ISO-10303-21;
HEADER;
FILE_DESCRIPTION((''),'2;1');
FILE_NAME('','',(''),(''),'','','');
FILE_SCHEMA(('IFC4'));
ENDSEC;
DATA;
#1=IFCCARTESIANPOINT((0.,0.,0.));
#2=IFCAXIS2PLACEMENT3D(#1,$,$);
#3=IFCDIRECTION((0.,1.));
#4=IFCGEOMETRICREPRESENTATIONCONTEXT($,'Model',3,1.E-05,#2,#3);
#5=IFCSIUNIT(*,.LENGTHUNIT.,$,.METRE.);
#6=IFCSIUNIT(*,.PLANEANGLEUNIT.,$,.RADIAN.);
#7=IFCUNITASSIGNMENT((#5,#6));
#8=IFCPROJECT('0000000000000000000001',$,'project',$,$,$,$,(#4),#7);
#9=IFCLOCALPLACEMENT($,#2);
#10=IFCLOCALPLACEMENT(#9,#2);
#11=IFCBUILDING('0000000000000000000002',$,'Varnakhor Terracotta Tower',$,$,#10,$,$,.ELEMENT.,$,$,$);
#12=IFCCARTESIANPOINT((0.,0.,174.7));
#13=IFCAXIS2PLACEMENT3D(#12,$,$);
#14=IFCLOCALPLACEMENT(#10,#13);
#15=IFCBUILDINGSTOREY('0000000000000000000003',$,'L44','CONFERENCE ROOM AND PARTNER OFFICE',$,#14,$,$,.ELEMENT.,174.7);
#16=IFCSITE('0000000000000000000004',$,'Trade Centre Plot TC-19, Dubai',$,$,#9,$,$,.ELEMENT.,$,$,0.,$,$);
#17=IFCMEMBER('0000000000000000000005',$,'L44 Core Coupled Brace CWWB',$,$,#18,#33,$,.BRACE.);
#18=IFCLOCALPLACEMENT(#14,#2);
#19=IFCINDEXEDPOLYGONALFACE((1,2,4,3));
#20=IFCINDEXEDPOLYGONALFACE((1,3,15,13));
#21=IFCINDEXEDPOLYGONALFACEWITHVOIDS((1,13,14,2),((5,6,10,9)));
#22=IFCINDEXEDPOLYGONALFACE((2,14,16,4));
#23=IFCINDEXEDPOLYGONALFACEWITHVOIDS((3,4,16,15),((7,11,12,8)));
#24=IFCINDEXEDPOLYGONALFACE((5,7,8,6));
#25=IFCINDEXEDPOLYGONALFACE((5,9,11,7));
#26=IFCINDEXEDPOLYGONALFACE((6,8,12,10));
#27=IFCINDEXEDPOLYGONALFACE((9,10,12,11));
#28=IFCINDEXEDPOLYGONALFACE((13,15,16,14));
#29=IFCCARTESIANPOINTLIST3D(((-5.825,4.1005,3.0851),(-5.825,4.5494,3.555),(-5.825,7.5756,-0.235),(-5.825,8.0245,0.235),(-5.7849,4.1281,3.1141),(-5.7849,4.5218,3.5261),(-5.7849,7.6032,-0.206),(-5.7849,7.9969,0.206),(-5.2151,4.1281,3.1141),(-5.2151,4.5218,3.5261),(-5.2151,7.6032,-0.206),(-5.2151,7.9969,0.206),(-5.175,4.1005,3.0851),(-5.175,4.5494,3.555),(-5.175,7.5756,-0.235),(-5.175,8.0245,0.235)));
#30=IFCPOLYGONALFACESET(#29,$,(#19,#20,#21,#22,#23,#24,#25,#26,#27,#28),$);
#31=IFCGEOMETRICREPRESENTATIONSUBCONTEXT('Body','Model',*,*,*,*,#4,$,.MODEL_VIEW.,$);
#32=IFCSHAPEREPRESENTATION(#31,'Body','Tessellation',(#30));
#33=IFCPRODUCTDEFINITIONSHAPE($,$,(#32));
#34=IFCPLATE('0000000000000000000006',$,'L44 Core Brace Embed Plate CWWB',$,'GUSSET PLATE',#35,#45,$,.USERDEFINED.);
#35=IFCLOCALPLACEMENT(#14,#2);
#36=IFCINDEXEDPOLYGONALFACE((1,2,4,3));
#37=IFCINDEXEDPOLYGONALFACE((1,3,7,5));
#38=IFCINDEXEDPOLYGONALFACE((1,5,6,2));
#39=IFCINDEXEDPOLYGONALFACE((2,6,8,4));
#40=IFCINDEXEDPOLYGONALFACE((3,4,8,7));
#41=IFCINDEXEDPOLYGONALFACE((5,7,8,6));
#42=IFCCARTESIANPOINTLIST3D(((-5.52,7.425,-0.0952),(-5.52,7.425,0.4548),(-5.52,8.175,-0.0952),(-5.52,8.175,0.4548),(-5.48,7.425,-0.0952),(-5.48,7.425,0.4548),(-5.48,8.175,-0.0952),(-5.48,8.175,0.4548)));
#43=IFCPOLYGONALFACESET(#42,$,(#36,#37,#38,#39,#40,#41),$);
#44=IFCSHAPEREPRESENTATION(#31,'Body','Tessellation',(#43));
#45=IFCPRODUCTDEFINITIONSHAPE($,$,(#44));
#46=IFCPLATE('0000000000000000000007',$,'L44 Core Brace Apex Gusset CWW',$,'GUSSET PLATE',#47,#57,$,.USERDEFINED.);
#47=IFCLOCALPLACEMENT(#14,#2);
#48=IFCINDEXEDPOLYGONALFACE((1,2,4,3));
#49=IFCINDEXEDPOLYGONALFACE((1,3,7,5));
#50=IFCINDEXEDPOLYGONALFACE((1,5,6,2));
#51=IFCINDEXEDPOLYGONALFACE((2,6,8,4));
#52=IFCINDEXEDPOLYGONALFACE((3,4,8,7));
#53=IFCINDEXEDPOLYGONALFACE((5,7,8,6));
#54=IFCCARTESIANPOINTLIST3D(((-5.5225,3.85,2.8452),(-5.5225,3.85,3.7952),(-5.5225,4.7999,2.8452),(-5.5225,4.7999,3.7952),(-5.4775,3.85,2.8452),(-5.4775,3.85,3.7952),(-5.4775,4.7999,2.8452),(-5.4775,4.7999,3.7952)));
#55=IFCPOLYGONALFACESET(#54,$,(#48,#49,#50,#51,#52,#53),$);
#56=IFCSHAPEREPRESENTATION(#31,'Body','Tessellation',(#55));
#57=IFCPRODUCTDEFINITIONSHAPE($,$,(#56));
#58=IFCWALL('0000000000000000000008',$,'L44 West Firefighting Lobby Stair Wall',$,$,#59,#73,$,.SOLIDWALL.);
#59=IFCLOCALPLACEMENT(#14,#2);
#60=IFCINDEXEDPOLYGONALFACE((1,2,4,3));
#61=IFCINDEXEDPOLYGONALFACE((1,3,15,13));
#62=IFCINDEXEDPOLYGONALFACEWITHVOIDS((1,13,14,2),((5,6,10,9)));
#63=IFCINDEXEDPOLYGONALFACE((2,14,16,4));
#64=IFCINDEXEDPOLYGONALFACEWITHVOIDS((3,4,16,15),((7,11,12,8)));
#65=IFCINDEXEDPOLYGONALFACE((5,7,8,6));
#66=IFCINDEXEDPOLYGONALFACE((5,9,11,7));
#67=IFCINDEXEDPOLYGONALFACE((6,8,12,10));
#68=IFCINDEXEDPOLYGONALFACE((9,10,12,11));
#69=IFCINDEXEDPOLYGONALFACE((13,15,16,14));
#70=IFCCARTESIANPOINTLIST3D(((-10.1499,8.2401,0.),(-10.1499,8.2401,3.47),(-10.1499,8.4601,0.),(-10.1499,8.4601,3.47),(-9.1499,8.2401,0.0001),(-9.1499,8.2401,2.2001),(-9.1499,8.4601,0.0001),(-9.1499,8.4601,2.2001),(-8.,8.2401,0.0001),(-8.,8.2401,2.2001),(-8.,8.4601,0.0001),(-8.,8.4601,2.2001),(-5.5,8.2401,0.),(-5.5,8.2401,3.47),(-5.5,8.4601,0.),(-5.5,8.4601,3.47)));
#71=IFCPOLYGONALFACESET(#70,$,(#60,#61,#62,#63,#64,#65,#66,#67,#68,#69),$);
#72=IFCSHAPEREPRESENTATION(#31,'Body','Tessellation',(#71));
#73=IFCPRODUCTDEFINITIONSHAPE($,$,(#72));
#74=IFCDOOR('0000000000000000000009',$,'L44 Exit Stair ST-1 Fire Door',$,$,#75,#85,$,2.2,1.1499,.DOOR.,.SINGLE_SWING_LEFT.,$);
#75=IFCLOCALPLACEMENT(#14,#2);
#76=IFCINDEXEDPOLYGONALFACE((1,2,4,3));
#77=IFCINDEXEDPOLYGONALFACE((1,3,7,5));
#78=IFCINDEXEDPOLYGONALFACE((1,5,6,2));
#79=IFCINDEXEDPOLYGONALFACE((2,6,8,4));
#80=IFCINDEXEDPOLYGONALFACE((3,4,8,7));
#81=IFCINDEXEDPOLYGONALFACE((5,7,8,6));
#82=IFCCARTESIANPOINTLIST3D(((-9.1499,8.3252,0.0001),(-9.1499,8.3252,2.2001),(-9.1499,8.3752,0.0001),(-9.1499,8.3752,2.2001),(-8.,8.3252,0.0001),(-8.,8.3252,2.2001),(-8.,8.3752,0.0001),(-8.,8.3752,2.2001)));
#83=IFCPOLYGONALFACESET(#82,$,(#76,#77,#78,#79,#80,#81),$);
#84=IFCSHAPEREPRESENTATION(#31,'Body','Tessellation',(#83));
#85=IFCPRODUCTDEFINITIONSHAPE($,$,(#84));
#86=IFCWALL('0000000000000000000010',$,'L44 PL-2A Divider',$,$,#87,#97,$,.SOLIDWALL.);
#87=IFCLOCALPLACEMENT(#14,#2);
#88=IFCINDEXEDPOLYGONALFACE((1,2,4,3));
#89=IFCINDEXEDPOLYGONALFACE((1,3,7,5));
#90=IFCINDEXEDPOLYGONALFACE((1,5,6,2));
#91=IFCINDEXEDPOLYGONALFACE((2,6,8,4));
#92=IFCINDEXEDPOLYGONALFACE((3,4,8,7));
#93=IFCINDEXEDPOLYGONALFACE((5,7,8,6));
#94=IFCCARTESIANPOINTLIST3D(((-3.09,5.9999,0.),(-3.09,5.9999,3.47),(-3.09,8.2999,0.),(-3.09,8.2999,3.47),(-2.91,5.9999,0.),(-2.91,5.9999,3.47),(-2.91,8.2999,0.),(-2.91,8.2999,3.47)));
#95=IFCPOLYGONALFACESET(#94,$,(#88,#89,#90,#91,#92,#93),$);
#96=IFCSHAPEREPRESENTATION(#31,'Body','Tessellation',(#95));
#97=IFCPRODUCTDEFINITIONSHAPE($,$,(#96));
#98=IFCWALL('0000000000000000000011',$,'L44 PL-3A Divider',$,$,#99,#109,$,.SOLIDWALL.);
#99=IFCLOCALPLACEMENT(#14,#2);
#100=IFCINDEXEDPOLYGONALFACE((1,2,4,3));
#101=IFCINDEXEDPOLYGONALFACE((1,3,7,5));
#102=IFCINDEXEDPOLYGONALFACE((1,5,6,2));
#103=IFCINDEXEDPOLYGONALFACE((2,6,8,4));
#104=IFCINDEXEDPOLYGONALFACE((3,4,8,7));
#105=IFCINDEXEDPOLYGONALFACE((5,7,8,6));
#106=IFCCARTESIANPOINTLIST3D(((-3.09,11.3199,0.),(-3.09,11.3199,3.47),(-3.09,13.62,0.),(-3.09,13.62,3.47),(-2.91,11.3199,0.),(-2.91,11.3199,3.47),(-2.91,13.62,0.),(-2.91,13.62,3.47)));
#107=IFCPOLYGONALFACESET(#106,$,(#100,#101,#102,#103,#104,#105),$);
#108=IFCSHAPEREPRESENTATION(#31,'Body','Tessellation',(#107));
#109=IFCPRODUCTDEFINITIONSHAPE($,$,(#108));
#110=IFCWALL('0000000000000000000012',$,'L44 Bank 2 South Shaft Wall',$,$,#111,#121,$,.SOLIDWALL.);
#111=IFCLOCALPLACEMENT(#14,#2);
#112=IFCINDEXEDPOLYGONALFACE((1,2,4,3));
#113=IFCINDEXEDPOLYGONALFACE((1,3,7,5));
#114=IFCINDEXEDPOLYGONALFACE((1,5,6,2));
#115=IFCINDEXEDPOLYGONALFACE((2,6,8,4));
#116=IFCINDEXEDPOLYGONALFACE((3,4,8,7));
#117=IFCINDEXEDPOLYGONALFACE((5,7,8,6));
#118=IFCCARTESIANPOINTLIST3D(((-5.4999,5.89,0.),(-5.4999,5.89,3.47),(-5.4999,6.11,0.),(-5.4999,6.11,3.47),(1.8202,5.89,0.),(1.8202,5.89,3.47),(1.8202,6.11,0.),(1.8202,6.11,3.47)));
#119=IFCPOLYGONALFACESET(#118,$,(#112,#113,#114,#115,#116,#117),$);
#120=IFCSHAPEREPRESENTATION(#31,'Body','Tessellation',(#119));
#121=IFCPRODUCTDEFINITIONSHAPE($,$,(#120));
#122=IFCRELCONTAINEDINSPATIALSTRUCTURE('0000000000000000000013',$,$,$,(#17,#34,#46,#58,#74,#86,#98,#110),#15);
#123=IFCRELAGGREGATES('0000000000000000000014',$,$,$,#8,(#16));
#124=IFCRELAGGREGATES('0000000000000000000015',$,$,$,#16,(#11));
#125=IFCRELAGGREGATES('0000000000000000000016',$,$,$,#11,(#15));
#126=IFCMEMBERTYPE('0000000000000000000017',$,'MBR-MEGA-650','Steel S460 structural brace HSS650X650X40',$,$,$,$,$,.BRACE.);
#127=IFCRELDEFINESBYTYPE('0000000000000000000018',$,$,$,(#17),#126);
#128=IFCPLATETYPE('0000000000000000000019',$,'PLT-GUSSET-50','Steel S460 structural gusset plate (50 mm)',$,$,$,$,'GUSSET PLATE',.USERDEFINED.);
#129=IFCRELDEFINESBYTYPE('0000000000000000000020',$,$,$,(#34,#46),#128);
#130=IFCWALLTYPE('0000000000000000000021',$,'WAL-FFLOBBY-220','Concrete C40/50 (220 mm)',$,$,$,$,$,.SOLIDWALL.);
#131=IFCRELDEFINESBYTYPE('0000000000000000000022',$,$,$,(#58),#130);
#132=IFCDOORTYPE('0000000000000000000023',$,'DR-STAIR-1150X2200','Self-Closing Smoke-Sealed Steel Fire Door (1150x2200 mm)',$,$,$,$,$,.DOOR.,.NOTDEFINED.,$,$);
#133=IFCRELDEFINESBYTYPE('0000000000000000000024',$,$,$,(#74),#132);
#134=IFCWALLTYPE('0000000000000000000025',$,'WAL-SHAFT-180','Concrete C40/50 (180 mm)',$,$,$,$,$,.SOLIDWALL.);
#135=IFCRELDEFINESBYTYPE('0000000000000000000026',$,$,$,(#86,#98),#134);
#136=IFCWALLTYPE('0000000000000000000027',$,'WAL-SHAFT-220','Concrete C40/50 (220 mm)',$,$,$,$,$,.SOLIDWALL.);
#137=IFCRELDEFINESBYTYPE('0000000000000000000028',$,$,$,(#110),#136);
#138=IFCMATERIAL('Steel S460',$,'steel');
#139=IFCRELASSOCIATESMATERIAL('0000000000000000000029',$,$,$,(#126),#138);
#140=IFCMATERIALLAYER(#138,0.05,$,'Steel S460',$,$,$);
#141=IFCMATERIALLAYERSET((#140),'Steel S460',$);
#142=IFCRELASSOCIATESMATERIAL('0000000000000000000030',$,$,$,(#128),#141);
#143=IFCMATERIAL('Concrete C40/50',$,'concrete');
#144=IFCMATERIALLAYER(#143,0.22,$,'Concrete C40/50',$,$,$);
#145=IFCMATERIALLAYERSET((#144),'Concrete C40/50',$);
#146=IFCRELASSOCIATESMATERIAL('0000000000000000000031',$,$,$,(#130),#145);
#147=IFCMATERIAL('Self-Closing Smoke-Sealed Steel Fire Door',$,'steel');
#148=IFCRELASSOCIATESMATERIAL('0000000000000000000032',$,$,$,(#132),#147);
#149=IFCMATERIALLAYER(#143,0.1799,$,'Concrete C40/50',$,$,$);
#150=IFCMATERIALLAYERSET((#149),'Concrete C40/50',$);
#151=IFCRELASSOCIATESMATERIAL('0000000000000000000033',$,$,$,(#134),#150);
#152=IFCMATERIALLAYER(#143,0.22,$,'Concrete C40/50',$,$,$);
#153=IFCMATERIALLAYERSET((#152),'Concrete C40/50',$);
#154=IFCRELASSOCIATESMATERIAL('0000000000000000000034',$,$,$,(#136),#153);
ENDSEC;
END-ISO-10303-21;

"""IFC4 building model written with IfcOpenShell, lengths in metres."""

from ifc_helpers import new_model, si_unit, direction, frame, frame_2d, origin, origin_2d, place, context, subcontext, project, spatial, rectangle, hollow_rectangle, extrude, source, transform, mapped, material, layer, layer_set, material_profile, profile_set, type_object, type_shapes, element, fill, save


model = new_model("IFC4")

# Units and contexts
model_context = context("Model", 3, precision=1e-05, world=origin(), true_north=direction((0.0, 1.0)))
body_context = subcontext(model_context, "Body", "Model", "MODEL_VIEW")
ifc_project = project(units=[si_unit("LENGTHUNIT", "METRE"), si_unit("PLANEANGLEUNIT", "RADIAN")], contexts=[model_context])

# Site, building, storey
site_placement = place(None, origin())
site = spatial("IfcSite", under=ifc_project, at=site_placement, Name="Trade Centre Plot TC-19, Dubai", CompositionType="ELEMENT", RefElevation=0.0)
building_placement = place(site_placement, origin())
building = spatial("IfcBuilding", under=site, at=building_placement, Name="Varnakhor Terracotta Tower", CompositionType="ELEMENT")
storey_placement = place(building_placement, frame((0.0, 0.0, 174.7)))
storey = spatial("IfcBuildingStorey", under=building, at=storey_placement, Name="L44", Description="CONFERENCE ROOM AND PARTNER OFFICE", CompositionType="ELEMENT", Elevation=174.7)

# Member
ifc_material_1 = material(Name="Steel S460", Category="steel")
ifc_material_profile = material_profile(ifc_material_1, hollow_rectangle(XDim=0.6499, YDim=0.6499, WallThickness=0.04, at=origin_2d()), Name="HSS650X650X40")
ifc_profile_set = profile_set([ifc_material_profile], Name="Steel S460")
member_type = type_object("IfcMemberType", Name="MBR-MEGA-650", Description="Steel S460 structural brace HSS650X650X40", PredefinedType="BRACE", material=ifc_profile_set)
shared_shape_1 = source(origin(), body_context, "Body", "SweptSolid", [
    extrude(hollow_rectangle(XDim=0.6499, YDim=0.6499, WallThickness=0.04, at=origin_2d()), origin(), (0.0, 0.0, 1.0), 4.8062),
])
member_placement = place(storey_placement, frame((-5.5, 7.8, 0.0), z_axis=(0.0, -0.723051, 0.690795), x_axis=(1.0, 0.0, 0.0)))
element("IfcMember", 1, at=member_placement, inside=storey, type_object=member_type, Name="L44 Core Coupled Brace CWWB", PredefinedType="BRACE", context=body_context, shape_type="MappedRepresentation", body=[
    mapped(shared_shape_1, transform((0.0, 0.0, 0.0), scale=1.0)),
])

# Plates
ifc_layer_1 = layer(ifc_material_1, 0.05, Name="Steel S460")
ifc_layer_set_1 = layer_set([ifc_layer_1], Name="Steel S460")
plate_type = type_object("IfcPlateType", Name="PLT-GUSSET-50", Description="Steel S460 structural gusset plate (50 mm)", ElementType="GUSSET PLATE", PredefinedType="USERDEFINED", material=ifc_layer_set_1)
shared_shape_2 = source(origin(), body_context, "Body", "SweptSolid", [
    extrude(rectangle(XDim=0.75, YDim=0.04, at=origin_2d()), origin(), (0.0, 0.0, 1.0), 0.55),
])
type_shapes(plate_type, [shared_shape_2])
plate_1_placement = place(storey_placement, frame((-5.5, 7.8, -0.0952), z_axis=(0.0, 0.0, 1.0), x_axis=(0.0, 1.0, 0.0)))
element("IfcPlate", 2, at=plate_1_placement, inside=storey, type_object=plate_type, Name="L44 Core Brace Embed Plate CWWB", ObjectType="GUSSET PLATE", PredefinedType="USERDEFINED", context=body_context, shape_type="MappedRepresentation", body=[
    mapped(shared_shape_2, transform((0.0, 0.0, 0.0), scale=1.0)),
])
shared_shape_3 = source(origin(), body_context, "Body", "SweptSolid", [
    extrude(rectangle(XDim=0.95, YDim=0.0449, at=origin_2d()), origin(), (0.0, 0.0, 1.0), 0.95),
])
plate_2_placement = place(storey_placement, frame((-5.5, 4.325, 2.8452), z_axis=(0.0, 0.0, 1.0), x_axis=(0.0, 1.0, 0.0)))
element("IfcPlate", 3, at=plate_2_placement, inside=storey, type_object=plate_type, Name="L44 Core Brace Apex Gusset CWW", ObjectType="GUSSET PLATE", PredefinedType="USERDEFINED", context=body_context, shape_type="MappedRepresentation", body=[
    mapped(shared_shape_3, transform((0.0, 0.0, 0.0), scale=1.0)),
])

# Wall, opening, door
ifc_material_2 = material(Name="Concrete C40/50", Category="concrete")
ifc_layer_2 = layer(ifc_material_2, 0.22, Name="Concrete C40/50")
ifc_layer_set_2 = layer_set([ifc_layer_2], Name="Concrete C40/50")
wall_type_1 = type_object("IfcWallType", Name="WAL-FFLOBBY-220", Description="Concrete C40/50 (220 mm)", PredefinedType="SOLIDWALL", material=ifc_layer_set_2)
wall_1_placement = place(storey_placement, frame((-5.5, 8.3501, 0.0), z_axis=(0.0, 0.0, 1.0), x_axis=(-1.0, 0.0, 0.0)))
wall_1 = element("IfcWall", 4, at=wall_1_placement, inside=storey, type_object=wall_type_1, Name="L44 West Firefighting Lobby Stair Wall", PredefinedType="SOLIDWALL", context=body_context, shape_type="SweptSolid", body=[
    extrude(rectangle(XDim=4.6499, YDim=0.22, at=frame_2d((2.325, 0.0))), origin(), (0.0, 0.0, 1.0), 3.47),
])
opening_1_placement = place(wall_1_placement, frame((2.5, 0.0, 0.0)))
opening_1 = element("IfcOpeningElement", 5, at=opening_1_placement, cuts=wall_1, PredefinedType="OPENING", context=body_context, shape_type="SweptSolid", body=[
    extrude(rectangle(XDim=1.1499, YDim=2.2, at=frame_2d((0.575, 1.1001))), frame((0.0, 0.1201, 0.0), z_axis=(0.0, -1.0, 0.0), x_axis=(1.0, 0.0, 0.0)), (0.0, 0.0, 1.0), 0.24),
])
ifc_material_3 = material(Name="Self-Closing Smoke-Sealed Steel Fire Door", Category="steel")
door_type_1 = type_object("IfcDoorType", Name="DR-STAIR-1150X2200", Description="Self-Closing Smoke-Sealed Steel Fire Door (1150x2200 mm)", OperationType="NOTDEFINED", PredefinedType="DOOR", material=ifc_material_3)
shared_shape_4 = source(origin(), body_context, "Body", "SweptSolid", [
    extrude(rectangle(XDim=1.1499, YDim=2.2, at=frame_2d((0.575, 1.1001))), frame((0.0, 0.0249, 0.0), z_axis=(0.0, -1.0, 0.0), x_axis=(1.0, 0.0, 0.0)), (0.0, 0.0, 1.0), 0.05),
])
type_shapes(door_type_1, [shared_shape_4])
door_1_placement = place(opening_1_placement, origin())
door_1 = element("IfcDoor", 6, at=door_1_placement, inside=storey, type_object=door_type_1, Name="L44 Exit Stair ST-1 Fire Door", OperationType="SINGLE_SWING_LEFT", OverallHeight=2.2, OverallWidth=1.1499, PredefinedType="DOOR", context=body_context, shape_type="MappedRepresentation", body=[
    mapped(shared_shape_4, transform((0.0, 0.0, 0.0), scale=1.0)),
])
fill(opening_1, door_1)

# Walls
ifc_layer_3 = layer(ifc_material_2, 0.1799, Name="Concrete C40/50")
ifc_layer_set_3 = layer_set([ifc_layer_3], Name="Concrete C40/50")
wall_type_2 = type_object("IfcWallType", Name="WAL-SHAFT-180", Description="Concrete C40/50 (180 mm)", PredefinedType="SOLIDWALL", material=ifc_layer_set_3)
for number, where, z_axis, x_axis, name in (
    (7, (-3.0, 6.0, 0.0), (0.0, 0.0, 1.0), (0.0, 1.0, 0.0), "L44 PL-2A Divider"),
    (8, (-3.0, 11.3201, 0.0), (0.0, 0.0, 1.0), (0.0, 1.0, 0.0), "L44 PL-3A Divider"),
):
    element("IfcWall", number, at=place(storey_placement, frame(where, z_axis=z_axis, x_axis=x_axis)), inside=storey, type_object=wall_type_2, Name=name, PredefinedType="SOLIDWALL", context=body_context, shape_type="SweptSolid", body=[
        extrude(rectangle(XDim=2.3, YDim=0.1799, at=frame_2d((1.1499, 0.0))), origin(), (0.0, 0.0, 1.0), 3.47),
    ])
ifc_layer_4 = layer(ifc_material_2, 0.22, Name="Concrete C40/50")
ifc_layer_set_4 = layer_set([ifc_layer_4], Name="Concrete C40/50")
wall_type_3 = type_object("IfcWallType", Name="WAL-SHAFT-220", Description="Concrete C40/50 (220 mm)", PredefinedType="SOLIDWALL", material=ifc_layer_set_4)
wall_2_placement = place(storey_placement, frame((-5.5, 6.0, 0.0), z_axis=(0.0, 0.0, 1.0), x_axis=(1.0, 0.0, 0.0)))
element("IfcWall", 9, at=wall_2_placement, inside=storey, type_object=wall_type_3, Name="L44 Bank 2 South Shaft Wall", PredefinedType="SOLIDWALL", context=body_context, shape_type="SweptSolid", body=[
    extrude(rectangle(XDim=7.3201, YDim=0.22, at=frame_2d((3.6602, 0.0))), origin(), (0.0, 0.0, 1.0), 3.47),
])

save(model, "model.ifc")
